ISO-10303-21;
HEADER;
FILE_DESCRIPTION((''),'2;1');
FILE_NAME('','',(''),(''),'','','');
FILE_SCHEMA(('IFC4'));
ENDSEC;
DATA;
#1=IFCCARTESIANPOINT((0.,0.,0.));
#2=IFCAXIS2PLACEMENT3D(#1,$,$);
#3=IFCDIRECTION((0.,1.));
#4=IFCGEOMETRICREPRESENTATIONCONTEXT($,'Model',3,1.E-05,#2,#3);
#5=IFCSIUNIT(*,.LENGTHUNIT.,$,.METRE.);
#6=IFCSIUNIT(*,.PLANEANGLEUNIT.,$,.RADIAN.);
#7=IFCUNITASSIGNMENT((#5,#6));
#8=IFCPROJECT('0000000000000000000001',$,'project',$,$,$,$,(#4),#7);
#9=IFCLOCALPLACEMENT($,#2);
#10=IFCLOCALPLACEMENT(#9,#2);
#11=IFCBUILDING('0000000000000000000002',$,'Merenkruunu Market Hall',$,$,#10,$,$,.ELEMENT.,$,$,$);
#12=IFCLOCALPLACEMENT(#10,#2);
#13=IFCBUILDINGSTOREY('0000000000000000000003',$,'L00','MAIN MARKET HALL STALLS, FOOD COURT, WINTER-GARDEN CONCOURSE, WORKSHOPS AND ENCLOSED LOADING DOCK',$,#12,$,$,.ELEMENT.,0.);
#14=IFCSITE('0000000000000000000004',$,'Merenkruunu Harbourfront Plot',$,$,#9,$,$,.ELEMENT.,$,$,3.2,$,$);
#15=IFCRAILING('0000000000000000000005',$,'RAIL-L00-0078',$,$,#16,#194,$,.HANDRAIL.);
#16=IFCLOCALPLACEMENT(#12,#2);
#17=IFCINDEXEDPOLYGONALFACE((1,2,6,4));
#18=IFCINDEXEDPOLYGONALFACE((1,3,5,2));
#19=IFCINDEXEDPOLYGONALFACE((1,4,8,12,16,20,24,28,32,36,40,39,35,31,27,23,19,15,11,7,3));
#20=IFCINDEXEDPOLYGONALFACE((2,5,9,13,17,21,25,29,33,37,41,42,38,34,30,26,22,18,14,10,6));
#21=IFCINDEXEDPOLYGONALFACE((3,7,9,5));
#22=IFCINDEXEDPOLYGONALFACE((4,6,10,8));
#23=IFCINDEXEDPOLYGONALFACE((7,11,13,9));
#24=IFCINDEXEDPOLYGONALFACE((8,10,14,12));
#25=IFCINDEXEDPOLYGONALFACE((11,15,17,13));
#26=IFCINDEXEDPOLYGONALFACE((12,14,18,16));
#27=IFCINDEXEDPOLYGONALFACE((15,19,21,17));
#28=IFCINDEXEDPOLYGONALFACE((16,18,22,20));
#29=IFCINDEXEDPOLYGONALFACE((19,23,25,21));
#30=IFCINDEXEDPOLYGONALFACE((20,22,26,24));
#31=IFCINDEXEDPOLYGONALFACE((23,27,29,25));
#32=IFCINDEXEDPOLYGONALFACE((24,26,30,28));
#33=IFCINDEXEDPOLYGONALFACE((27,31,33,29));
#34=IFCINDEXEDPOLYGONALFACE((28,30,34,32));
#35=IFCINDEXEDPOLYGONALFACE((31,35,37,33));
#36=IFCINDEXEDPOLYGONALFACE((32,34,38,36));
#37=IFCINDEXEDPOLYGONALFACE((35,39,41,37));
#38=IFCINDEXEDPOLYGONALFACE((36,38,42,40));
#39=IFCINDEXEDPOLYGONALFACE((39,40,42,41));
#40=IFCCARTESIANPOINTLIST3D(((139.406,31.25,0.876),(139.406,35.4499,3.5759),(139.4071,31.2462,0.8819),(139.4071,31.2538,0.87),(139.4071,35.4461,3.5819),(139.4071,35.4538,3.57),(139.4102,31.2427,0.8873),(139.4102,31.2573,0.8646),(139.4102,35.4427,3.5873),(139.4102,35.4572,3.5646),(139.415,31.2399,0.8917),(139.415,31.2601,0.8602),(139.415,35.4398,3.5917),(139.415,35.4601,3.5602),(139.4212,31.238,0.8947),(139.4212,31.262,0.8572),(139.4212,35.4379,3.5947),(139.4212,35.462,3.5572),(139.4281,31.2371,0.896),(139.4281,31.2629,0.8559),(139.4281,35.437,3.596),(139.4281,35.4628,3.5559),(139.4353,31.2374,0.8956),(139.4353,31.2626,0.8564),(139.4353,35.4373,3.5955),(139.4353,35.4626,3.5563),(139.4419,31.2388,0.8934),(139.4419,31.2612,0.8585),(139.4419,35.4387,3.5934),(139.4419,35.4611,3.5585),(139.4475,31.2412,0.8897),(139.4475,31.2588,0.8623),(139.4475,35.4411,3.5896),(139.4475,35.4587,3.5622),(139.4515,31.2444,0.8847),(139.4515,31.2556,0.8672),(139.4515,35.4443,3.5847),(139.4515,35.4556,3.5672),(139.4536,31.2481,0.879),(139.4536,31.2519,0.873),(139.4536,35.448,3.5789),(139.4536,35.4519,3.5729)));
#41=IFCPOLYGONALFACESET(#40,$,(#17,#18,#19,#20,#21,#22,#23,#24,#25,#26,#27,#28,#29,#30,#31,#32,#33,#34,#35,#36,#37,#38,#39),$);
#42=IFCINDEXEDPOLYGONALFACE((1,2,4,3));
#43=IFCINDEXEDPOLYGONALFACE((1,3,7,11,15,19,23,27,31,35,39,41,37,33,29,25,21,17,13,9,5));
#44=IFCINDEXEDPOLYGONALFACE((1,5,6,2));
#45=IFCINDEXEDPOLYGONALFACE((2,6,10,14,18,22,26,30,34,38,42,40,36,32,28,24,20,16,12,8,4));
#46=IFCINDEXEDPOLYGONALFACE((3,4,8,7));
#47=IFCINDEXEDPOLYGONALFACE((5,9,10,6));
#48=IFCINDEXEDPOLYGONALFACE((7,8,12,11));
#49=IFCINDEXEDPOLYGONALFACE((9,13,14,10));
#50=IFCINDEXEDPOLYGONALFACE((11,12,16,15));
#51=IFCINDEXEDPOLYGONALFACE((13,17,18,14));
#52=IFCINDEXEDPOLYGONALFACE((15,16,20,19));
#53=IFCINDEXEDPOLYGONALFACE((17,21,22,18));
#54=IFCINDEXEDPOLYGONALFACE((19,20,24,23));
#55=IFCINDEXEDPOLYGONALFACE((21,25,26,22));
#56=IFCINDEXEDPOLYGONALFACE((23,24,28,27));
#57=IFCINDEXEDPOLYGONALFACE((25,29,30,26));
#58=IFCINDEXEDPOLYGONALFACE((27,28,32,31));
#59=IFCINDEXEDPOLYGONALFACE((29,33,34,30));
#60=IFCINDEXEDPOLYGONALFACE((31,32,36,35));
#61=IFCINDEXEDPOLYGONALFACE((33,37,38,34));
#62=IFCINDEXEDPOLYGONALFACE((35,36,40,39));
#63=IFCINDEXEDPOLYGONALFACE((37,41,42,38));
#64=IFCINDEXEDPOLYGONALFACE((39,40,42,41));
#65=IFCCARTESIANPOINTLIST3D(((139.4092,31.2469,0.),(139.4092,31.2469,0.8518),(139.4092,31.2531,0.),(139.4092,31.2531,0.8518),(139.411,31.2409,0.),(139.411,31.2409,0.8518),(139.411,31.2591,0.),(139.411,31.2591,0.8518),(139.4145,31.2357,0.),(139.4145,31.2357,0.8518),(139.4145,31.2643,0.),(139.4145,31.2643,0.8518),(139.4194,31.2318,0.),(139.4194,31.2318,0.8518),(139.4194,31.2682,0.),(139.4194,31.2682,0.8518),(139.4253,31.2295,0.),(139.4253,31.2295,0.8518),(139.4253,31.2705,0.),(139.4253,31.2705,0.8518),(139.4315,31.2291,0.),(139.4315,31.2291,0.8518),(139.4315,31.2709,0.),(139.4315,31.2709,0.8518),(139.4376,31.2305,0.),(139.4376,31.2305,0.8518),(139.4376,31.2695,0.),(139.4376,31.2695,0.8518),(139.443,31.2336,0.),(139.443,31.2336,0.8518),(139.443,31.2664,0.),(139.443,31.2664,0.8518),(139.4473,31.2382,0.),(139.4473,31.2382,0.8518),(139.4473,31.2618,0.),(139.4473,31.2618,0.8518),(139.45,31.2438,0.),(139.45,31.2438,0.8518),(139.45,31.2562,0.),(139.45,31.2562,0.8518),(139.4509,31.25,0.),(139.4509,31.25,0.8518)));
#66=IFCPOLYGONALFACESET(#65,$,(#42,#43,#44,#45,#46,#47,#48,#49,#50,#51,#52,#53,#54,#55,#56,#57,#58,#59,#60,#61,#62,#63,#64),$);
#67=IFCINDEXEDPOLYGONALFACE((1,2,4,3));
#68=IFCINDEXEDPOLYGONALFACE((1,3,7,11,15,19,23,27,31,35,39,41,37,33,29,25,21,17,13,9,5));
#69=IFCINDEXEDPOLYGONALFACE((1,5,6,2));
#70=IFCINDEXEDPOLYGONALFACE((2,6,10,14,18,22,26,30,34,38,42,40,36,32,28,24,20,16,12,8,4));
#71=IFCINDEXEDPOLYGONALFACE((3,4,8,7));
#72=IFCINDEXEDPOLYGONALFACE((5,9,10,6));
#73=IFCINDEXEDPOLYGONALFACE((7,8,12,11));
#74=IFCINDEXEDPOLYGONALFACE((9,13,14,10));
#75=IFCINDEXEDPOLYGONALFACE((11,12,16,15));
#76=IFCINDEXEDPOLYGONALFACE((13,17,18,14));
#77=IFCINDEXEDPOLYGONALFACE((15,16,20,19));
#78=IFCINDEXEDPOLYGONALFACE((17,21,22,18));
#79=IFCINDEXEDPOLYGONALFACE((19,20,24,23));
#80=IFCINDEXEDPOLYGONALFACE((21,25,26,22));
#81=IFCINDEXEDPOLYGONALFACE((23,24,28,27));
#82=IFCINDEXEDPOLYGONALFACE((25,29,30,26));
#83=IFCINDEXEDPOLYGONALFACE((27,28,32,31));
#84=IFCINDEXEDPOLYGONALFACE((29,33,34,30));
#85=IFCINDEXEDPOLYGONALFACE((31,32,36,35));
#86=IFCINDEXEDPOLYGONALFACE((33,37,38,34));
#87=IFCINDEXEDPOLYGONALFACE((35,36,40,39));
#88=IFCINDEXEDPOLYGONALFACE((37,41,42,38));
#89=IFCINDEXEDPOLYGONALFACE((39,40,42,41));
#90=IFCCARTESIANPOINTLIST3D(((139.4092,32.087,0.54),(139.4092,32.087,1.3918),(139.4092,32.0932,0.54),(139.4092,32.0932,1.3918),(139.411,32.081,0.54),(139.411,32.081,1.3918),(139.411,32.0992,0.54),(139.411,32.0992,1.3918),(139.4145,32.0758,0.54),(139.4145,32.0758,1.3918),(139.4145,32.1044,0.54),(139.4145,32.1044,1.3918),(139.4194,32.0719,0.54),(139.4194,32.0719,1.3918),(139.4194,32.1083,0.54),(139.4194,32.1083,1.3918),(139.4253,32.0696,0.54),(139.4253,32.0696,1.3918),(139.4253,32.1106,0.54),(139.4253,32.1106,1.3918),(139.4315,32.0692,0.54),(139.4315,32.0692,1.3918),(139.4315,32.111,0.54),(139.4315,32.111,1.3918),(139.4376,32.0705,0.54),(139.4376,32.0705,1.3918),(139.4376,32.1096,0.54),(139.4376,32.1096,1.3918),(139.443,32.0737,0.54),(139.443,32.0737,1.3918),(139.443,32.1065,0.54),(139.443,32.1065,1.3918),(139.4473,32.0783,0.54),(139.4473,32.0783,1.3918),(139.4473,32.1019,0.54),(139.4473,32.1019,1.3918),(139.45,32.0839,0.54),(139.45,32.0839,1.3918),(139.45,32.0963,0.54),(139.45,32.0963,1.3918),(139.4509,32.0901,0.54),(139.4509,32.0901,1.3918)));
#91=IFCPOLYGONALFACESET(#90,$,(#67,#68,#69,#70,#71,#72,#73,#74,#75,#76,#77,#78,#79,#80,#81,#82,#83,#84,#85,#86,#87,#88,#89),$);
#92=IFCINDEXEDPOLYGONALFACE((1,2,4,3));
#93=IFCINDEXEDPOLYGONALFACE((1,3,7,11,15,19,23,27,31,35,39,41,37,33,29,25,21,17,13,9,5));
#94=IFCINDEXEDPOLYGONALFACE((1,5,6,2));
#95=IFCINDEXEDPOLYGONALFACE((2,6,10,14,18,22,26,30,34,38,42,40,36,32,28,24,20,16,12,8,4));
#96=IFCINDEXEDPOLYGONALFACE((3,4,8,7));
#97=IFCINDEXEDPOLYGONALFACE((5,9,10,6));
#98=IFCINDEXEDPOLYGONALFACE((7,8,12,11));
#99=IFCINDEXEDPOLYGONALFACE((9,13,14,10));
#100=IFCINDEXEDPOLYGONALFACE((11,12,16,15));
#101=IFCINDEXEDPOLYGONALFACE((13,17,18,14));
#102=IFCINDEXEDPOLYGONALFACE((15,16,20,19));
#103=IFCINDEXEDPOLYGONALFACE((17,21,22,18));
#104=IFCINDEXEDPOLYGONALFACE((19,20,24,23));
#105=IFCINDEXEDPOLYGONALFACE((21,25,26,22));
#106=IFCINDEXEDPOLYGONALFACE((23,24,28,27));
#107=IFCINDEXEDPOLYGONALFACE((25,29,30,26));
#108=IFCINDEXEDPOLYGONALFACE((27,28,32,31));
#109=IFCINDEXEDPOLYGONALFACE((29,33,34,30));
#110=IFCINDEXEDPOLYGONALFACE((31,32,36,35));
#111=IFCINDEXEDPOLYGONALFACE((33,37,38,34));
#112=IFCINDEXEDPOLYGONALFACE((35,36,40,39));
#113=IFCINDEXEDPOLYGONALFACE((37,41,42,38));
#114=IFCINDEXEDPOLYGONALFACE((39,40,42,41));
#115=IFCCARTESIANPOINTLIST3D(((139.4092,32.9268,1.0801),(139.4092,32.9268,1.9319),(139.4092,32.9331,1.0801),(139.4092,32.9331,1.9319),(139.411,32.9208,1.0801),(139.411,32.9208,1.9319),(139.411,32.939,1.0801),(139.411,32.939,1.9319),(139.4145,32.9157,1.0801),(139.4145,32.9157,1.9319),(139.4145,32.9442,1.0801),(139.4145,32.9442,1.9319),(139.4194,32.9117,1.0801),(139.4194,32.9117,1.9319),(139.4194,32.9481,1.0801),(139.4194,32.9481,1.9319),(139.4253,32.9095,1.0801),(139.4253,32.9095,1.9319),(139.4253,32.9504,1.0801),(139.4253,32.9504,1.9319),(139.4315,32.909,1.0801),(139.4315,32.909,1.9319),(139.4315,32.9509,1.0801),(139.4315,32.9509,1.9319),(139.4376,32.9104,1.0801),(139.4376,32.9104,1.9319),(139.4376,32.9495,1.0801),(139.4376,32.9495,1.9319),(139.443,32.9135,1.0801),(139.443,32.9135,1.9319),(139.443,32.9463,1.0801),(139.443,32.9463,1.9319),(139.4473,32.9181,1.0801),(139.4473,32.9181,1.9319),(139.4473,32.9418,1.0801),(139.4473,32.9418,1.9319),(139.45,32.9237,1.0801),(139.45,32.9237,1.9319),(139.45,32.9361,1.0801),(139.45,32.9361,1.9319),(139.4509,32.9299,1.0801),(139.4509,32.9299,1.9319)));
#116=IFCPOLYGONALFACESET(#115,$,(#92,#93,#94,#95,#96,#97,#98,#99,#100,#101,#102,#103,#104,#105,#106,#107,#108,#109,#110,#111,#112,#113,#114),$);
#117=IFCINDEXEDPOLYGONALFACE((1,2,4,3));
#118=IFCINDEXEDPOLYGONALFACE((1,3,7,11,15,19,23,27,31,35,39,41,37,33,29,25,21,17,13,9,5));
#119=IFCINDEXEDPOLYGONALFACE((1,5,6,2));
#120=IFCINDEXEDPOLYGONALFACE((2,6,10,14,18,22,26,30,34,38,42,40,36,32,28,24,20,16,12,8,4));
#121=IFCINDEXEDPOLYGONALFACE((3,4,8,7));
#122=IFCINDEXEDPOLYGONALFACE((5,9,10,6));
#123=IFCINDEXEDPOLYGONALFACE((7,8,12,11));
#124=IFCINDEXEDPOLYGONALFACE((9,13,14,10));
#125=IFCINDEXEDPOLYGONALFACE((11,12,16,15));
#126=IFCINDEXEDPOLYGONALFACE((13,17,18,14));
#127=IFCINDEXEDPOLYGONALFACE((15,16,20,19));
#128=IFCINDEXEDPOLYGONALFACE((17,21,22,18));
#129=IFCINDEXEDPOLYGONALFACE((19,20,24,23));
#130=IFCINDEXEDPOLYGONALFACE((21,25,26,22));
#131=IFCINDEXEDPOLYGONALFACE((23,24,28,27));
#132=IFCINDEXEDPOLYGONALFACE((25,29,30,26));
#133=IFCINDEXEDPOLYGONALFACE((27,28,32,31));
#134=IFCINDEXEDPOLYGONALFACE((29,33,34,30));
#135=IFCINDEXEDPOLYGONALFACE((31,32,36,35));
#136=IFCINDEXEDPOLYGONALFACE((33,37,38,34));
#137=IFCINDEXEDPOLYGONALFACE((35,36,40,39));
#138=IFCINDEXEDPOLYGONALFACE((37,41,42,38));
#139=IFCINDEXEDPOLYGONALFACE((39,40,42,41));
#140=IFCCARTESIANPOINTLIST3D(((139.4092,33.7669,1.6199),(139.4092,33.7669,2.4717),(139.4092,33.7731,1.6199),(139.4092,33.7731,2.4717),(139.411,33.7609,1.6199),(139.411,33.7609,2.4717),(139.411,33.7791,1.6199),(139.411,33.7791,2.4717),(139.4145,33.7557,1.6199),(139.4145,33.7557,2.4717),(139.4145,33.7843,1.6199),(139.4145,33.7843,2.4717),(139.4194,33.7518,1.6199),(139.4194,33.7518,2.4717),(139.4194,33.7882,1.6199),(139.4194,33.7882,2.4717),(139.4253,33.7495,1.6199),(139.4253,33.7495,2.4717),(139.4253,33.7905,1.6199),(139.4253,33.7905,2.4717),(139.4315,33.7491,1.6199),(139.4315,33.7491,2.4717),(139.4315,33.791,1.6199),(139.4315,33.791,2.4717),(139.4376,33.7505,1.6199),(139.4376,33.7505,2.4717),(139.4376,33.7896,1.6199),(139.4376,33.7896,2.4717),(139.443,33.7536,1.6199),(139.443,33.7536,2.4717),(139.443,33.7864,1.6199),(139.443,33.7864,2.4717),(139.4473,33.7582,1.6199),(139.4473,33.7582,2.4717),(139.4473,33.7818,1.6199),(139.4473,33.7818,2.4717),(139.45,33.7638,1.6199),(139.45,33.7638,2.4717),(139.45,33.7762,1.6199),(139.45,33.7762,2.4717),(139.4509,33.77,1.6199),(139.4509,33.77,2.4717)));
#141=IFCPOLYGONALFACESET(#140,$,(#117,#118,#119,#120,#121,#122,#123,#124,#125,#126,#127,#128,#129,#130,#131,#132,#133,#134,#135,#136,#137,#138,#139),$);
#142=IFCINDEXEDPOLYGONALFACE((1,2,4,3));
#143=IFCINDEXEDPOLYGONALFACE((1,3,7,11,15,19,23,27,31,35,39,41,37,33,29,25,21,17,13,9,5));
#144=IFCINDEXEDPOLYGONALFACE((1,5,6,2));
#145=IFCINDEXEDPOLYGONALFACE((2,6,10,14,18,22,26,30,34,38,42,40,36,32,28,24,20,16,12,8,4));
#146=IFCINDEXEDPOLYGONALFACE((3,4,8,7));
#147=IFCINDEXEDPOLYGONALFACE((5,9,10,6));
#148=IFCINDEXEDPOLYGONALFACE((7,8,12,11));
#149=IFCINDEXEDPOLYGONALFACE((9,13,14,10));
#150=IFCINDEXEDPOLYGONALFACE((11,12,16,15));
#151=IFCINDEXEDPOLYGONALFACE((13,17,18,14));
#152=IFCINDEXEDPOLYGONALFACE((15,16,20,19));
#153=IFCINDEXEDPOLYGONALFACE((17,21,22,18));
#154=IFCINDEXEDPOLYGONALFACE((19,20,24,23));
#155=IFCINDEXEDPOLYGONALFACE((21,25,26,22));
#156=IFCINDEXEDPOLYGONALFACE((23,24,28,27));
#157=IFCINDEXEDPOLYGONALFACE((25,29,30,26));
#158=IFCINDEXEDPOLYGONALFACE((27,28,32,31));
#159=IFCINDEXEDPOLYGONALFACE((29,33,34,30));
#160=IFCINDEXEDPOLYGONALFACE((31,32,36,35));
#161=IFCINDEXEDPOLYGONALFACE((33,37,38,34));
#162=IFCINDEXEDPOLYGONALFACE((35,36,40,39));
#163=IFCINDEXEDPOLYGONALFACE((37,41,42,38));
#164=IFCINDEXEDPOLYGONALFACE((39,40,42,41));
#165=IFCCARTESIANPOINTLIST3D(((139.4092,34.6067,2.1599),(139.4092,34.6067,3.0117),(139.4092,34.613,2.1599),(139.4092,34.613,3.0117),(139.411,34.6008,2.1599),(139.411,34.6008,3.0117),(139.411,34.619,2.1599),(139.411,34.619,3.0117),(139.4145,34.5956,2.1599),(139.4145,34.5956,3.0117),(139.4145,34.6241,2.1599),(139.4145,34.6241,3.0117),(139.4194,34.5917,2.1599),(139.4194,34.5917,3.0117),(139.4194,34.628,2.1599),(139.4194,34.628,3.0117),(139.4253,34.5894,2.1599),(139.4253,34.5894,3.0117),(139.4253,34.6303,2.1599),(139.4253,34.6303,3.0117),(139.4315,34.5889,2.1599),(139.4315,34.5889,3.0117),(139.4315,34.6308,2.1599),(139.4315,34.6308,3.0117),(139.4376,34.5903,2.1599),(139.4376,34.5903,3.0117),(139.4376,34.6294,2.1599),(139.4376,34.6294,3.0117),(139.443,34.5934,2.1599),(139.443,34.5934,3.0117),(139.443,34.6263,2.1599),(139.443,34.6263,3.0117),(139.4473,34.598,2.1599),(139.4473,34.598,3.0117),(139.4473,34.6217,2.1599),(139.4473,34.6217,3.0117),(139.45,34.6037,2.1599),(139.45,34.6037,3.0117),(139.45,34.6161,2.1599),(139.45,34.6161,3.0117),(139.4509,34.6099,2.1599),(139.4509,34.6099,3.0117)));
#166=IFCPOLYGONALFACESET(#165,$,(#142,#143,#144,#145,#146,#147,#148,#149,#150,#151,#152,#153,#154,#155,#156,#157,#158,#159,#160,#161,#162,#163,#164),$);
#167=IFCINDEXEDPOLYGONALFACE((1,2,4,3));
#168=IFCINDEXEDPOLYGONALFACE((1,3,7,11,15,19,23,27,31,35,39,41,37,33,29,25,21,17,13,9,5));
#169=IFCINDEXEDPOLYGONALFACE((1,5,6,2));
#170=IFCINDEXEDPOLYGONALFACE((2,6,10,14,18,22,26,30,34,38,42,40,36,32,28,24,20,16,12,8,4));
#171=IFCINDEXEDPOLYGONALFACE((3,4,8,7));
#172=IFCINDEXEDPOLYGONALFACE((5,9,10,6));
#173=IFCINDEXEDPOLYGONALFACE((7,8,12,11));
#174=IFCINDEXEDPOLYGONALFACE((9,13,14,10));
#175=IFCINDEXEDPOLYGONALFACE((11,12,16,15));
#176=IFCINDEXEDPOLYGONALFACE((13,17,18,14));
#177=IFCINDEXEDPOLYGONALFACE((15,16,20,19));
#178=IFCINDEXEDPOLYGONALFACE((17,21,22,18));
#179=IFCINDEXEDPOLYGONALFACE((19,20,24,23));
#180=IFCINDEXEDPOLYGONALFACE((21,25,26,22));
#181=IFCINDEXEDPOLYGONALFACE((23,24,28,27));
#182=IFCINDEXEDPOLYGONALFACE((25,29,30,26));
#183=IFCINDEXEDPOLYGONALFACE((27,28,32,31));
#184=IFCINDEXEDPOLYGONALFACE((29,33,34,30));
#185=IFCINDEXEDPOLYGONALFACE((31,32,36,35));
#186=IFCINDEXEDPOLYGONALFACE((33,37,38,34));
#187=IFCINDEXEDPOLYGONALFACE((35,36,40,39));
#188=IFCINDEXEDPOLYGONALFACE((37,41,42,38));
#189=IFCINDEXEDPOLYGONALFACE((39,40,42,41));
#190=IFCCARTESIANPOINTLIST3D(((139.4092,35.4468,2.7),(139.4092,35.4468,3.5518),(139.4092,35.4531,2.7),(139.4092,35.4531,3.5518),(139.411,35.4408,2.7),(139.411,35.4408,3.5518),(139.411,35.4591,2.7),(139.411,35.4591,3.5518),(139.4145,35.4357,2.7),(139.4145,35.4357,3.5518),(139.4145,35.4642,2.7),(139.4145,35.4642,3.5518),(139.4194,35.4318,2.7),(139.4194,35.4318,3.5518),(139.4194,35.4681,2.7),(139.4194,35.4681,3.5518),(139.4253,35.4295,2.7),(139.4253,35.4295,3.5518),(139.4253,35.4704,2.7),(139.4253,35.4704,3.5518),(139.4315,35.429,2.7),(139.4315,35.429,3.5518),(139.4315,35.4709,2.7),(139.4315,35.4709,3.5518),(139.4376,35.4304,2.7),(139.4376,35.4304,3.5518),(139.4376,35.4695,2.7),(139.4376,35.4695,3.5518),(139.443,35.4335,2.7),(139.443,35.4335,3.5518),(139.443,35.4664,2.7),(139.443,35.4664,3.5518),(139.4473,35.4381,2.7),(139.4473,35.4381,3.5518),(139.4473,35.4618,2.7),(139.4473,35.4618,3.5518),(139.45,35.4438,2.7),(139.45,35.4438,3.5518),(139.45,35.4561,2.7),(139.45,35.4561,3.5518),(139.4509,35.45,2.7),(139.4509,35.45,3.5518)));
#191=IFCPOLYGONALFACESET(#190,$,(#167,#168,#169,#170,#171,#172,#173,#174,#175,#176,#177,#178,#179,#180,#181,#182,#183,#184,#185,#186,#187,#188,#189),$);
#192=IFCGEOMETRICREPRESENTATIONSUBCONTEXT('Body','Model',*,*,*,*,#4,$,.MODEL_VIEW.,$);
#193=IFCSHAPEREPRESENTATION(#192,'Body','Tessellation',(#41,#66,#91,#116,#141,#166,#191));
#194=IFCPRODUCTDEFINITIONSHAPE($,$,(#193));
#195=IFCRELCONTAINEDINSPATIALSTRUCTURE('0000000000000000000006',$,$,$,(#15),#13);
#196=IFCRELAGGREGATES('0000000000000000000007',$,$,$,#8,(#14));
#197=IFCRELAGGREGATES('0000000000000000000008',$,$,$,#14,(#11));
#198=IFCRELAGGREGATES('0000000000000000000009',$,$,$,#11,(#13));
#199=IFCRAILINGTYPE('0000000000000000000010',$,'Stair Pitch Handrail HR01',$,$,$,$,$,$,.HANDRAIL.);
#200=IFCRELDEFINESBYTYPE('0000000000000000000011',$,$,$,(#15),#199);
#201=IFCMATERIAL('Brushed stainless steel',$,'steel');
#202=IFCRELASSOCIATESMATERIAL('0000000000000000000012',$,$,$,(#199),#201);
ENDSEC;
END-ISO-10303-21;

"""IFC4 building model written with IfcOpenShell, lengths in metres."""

from ifc_helpers import new_model, si_unit, direction, frame, origin, origin_2d, place, context, subcontext, project, spatial, circle, extrude, material, type_object, element, save


model = new_model("IFC4")

# Units and contexts
model_context = context("Model", 3, precision=1e-05, world=origin(), true_north=direction((0.0, 1.0)))
body_context = subcontext(model_context, "Body", "Model", "MODEL_VIEW")
ifc_project = project(units=[si_unit("LENGTHUNIT", "METRE"), si_unit("PLANEANGLEUNIT", "RADIAN")], contexts=[model_context])

# Site, building, storey
site_placement = place(None, origin())
site = spatial("IfcSite", under=ifc_project, at=site_placement, Name="Merenkruunu Harbourfront Plot", CompositionType="ELEMENT", RefElevation=3.2)
building_placement = place(site_placement, origin())
building = spatial("IfcBuilding", under=site, at=building_placement, Name="Merenkruunu Market Hall", CompositionType="ELEMENT")
storey_placement = place(building_placement, origin())
storey = spatial("IfcBuildingStorey", under=building, at=storey_placement, Name="L00", Description="MAIN MARKET HALL STALLS, FOOD COURT, WINTER-GARDEN CONCOURSE, WORKSHOPS AND ENCLOSED LOADING DOCK", CompositionType="ELEMENT", Elevation=0.0)

# Railing
ifc_material_1 = material(Name="Brushed stainless steel", Category="steel")
railing_type_1 = type_object("IfcRailingType", Name="Stair Pitch Handrail HR01", PredefinedType="HANDRAIL", material=ifc_material_1)
railing_1_placement = place(storey_placement, frame((139.4299, 31.25, 0.0)))
element("IfcRailing", 1, at=railing_1_placement, inside=storey, type_object=railing_type_1, Name="RAIL-L00-0078", PredefinedType="HANDRAIL", context=body_context, shape_type="SweptSolid", body=[
    extrude(circle(Radius=0.0239, at=origin_2d()), frame((0.0, 0.0, 0.876), z_axis=(0.0, 0.84118, 0.540755), x_axis=(-1.0, 0.0, 0.0)), (0.0, 0.0, 1.0), 4.9929),
    extrude(circle(Radius=0.021, at=origin_2d()), origin(), (0.0, 0.0, 1.0), 0.8518),
    extrude(circle(Radius=0.021, at=origin_2d()), frame((0.0, 0.8401, 0.54)), (0.0, 0.0, 1.0), 0.8518),
    extrude(circle(Radius=0.021, at=origin_2d()), frame((0.0, 1.6799, 1.0801)), (0.0, 0.0, 1.0), 0.8518),
    extrude(circle(Radius=0.021, at=origin_2d()), frame((0.0, 2.52, 1.6199)), (0.0, 0.0, 1.0), 0.8518),
    extrude(circle(Radius=0.021, at=origin_2d()), frame((0.0, 3.3599, 2.1599)), (0.0, 0.0, 1.0), 0.8518),
    extrude(circle(Radius=0.021, at=origin_2d()), frame((0.0, 4.2, 2.7)), (0.0, 0.0, 1.0), 0.8518),
])

save(model, "model.ifc")
